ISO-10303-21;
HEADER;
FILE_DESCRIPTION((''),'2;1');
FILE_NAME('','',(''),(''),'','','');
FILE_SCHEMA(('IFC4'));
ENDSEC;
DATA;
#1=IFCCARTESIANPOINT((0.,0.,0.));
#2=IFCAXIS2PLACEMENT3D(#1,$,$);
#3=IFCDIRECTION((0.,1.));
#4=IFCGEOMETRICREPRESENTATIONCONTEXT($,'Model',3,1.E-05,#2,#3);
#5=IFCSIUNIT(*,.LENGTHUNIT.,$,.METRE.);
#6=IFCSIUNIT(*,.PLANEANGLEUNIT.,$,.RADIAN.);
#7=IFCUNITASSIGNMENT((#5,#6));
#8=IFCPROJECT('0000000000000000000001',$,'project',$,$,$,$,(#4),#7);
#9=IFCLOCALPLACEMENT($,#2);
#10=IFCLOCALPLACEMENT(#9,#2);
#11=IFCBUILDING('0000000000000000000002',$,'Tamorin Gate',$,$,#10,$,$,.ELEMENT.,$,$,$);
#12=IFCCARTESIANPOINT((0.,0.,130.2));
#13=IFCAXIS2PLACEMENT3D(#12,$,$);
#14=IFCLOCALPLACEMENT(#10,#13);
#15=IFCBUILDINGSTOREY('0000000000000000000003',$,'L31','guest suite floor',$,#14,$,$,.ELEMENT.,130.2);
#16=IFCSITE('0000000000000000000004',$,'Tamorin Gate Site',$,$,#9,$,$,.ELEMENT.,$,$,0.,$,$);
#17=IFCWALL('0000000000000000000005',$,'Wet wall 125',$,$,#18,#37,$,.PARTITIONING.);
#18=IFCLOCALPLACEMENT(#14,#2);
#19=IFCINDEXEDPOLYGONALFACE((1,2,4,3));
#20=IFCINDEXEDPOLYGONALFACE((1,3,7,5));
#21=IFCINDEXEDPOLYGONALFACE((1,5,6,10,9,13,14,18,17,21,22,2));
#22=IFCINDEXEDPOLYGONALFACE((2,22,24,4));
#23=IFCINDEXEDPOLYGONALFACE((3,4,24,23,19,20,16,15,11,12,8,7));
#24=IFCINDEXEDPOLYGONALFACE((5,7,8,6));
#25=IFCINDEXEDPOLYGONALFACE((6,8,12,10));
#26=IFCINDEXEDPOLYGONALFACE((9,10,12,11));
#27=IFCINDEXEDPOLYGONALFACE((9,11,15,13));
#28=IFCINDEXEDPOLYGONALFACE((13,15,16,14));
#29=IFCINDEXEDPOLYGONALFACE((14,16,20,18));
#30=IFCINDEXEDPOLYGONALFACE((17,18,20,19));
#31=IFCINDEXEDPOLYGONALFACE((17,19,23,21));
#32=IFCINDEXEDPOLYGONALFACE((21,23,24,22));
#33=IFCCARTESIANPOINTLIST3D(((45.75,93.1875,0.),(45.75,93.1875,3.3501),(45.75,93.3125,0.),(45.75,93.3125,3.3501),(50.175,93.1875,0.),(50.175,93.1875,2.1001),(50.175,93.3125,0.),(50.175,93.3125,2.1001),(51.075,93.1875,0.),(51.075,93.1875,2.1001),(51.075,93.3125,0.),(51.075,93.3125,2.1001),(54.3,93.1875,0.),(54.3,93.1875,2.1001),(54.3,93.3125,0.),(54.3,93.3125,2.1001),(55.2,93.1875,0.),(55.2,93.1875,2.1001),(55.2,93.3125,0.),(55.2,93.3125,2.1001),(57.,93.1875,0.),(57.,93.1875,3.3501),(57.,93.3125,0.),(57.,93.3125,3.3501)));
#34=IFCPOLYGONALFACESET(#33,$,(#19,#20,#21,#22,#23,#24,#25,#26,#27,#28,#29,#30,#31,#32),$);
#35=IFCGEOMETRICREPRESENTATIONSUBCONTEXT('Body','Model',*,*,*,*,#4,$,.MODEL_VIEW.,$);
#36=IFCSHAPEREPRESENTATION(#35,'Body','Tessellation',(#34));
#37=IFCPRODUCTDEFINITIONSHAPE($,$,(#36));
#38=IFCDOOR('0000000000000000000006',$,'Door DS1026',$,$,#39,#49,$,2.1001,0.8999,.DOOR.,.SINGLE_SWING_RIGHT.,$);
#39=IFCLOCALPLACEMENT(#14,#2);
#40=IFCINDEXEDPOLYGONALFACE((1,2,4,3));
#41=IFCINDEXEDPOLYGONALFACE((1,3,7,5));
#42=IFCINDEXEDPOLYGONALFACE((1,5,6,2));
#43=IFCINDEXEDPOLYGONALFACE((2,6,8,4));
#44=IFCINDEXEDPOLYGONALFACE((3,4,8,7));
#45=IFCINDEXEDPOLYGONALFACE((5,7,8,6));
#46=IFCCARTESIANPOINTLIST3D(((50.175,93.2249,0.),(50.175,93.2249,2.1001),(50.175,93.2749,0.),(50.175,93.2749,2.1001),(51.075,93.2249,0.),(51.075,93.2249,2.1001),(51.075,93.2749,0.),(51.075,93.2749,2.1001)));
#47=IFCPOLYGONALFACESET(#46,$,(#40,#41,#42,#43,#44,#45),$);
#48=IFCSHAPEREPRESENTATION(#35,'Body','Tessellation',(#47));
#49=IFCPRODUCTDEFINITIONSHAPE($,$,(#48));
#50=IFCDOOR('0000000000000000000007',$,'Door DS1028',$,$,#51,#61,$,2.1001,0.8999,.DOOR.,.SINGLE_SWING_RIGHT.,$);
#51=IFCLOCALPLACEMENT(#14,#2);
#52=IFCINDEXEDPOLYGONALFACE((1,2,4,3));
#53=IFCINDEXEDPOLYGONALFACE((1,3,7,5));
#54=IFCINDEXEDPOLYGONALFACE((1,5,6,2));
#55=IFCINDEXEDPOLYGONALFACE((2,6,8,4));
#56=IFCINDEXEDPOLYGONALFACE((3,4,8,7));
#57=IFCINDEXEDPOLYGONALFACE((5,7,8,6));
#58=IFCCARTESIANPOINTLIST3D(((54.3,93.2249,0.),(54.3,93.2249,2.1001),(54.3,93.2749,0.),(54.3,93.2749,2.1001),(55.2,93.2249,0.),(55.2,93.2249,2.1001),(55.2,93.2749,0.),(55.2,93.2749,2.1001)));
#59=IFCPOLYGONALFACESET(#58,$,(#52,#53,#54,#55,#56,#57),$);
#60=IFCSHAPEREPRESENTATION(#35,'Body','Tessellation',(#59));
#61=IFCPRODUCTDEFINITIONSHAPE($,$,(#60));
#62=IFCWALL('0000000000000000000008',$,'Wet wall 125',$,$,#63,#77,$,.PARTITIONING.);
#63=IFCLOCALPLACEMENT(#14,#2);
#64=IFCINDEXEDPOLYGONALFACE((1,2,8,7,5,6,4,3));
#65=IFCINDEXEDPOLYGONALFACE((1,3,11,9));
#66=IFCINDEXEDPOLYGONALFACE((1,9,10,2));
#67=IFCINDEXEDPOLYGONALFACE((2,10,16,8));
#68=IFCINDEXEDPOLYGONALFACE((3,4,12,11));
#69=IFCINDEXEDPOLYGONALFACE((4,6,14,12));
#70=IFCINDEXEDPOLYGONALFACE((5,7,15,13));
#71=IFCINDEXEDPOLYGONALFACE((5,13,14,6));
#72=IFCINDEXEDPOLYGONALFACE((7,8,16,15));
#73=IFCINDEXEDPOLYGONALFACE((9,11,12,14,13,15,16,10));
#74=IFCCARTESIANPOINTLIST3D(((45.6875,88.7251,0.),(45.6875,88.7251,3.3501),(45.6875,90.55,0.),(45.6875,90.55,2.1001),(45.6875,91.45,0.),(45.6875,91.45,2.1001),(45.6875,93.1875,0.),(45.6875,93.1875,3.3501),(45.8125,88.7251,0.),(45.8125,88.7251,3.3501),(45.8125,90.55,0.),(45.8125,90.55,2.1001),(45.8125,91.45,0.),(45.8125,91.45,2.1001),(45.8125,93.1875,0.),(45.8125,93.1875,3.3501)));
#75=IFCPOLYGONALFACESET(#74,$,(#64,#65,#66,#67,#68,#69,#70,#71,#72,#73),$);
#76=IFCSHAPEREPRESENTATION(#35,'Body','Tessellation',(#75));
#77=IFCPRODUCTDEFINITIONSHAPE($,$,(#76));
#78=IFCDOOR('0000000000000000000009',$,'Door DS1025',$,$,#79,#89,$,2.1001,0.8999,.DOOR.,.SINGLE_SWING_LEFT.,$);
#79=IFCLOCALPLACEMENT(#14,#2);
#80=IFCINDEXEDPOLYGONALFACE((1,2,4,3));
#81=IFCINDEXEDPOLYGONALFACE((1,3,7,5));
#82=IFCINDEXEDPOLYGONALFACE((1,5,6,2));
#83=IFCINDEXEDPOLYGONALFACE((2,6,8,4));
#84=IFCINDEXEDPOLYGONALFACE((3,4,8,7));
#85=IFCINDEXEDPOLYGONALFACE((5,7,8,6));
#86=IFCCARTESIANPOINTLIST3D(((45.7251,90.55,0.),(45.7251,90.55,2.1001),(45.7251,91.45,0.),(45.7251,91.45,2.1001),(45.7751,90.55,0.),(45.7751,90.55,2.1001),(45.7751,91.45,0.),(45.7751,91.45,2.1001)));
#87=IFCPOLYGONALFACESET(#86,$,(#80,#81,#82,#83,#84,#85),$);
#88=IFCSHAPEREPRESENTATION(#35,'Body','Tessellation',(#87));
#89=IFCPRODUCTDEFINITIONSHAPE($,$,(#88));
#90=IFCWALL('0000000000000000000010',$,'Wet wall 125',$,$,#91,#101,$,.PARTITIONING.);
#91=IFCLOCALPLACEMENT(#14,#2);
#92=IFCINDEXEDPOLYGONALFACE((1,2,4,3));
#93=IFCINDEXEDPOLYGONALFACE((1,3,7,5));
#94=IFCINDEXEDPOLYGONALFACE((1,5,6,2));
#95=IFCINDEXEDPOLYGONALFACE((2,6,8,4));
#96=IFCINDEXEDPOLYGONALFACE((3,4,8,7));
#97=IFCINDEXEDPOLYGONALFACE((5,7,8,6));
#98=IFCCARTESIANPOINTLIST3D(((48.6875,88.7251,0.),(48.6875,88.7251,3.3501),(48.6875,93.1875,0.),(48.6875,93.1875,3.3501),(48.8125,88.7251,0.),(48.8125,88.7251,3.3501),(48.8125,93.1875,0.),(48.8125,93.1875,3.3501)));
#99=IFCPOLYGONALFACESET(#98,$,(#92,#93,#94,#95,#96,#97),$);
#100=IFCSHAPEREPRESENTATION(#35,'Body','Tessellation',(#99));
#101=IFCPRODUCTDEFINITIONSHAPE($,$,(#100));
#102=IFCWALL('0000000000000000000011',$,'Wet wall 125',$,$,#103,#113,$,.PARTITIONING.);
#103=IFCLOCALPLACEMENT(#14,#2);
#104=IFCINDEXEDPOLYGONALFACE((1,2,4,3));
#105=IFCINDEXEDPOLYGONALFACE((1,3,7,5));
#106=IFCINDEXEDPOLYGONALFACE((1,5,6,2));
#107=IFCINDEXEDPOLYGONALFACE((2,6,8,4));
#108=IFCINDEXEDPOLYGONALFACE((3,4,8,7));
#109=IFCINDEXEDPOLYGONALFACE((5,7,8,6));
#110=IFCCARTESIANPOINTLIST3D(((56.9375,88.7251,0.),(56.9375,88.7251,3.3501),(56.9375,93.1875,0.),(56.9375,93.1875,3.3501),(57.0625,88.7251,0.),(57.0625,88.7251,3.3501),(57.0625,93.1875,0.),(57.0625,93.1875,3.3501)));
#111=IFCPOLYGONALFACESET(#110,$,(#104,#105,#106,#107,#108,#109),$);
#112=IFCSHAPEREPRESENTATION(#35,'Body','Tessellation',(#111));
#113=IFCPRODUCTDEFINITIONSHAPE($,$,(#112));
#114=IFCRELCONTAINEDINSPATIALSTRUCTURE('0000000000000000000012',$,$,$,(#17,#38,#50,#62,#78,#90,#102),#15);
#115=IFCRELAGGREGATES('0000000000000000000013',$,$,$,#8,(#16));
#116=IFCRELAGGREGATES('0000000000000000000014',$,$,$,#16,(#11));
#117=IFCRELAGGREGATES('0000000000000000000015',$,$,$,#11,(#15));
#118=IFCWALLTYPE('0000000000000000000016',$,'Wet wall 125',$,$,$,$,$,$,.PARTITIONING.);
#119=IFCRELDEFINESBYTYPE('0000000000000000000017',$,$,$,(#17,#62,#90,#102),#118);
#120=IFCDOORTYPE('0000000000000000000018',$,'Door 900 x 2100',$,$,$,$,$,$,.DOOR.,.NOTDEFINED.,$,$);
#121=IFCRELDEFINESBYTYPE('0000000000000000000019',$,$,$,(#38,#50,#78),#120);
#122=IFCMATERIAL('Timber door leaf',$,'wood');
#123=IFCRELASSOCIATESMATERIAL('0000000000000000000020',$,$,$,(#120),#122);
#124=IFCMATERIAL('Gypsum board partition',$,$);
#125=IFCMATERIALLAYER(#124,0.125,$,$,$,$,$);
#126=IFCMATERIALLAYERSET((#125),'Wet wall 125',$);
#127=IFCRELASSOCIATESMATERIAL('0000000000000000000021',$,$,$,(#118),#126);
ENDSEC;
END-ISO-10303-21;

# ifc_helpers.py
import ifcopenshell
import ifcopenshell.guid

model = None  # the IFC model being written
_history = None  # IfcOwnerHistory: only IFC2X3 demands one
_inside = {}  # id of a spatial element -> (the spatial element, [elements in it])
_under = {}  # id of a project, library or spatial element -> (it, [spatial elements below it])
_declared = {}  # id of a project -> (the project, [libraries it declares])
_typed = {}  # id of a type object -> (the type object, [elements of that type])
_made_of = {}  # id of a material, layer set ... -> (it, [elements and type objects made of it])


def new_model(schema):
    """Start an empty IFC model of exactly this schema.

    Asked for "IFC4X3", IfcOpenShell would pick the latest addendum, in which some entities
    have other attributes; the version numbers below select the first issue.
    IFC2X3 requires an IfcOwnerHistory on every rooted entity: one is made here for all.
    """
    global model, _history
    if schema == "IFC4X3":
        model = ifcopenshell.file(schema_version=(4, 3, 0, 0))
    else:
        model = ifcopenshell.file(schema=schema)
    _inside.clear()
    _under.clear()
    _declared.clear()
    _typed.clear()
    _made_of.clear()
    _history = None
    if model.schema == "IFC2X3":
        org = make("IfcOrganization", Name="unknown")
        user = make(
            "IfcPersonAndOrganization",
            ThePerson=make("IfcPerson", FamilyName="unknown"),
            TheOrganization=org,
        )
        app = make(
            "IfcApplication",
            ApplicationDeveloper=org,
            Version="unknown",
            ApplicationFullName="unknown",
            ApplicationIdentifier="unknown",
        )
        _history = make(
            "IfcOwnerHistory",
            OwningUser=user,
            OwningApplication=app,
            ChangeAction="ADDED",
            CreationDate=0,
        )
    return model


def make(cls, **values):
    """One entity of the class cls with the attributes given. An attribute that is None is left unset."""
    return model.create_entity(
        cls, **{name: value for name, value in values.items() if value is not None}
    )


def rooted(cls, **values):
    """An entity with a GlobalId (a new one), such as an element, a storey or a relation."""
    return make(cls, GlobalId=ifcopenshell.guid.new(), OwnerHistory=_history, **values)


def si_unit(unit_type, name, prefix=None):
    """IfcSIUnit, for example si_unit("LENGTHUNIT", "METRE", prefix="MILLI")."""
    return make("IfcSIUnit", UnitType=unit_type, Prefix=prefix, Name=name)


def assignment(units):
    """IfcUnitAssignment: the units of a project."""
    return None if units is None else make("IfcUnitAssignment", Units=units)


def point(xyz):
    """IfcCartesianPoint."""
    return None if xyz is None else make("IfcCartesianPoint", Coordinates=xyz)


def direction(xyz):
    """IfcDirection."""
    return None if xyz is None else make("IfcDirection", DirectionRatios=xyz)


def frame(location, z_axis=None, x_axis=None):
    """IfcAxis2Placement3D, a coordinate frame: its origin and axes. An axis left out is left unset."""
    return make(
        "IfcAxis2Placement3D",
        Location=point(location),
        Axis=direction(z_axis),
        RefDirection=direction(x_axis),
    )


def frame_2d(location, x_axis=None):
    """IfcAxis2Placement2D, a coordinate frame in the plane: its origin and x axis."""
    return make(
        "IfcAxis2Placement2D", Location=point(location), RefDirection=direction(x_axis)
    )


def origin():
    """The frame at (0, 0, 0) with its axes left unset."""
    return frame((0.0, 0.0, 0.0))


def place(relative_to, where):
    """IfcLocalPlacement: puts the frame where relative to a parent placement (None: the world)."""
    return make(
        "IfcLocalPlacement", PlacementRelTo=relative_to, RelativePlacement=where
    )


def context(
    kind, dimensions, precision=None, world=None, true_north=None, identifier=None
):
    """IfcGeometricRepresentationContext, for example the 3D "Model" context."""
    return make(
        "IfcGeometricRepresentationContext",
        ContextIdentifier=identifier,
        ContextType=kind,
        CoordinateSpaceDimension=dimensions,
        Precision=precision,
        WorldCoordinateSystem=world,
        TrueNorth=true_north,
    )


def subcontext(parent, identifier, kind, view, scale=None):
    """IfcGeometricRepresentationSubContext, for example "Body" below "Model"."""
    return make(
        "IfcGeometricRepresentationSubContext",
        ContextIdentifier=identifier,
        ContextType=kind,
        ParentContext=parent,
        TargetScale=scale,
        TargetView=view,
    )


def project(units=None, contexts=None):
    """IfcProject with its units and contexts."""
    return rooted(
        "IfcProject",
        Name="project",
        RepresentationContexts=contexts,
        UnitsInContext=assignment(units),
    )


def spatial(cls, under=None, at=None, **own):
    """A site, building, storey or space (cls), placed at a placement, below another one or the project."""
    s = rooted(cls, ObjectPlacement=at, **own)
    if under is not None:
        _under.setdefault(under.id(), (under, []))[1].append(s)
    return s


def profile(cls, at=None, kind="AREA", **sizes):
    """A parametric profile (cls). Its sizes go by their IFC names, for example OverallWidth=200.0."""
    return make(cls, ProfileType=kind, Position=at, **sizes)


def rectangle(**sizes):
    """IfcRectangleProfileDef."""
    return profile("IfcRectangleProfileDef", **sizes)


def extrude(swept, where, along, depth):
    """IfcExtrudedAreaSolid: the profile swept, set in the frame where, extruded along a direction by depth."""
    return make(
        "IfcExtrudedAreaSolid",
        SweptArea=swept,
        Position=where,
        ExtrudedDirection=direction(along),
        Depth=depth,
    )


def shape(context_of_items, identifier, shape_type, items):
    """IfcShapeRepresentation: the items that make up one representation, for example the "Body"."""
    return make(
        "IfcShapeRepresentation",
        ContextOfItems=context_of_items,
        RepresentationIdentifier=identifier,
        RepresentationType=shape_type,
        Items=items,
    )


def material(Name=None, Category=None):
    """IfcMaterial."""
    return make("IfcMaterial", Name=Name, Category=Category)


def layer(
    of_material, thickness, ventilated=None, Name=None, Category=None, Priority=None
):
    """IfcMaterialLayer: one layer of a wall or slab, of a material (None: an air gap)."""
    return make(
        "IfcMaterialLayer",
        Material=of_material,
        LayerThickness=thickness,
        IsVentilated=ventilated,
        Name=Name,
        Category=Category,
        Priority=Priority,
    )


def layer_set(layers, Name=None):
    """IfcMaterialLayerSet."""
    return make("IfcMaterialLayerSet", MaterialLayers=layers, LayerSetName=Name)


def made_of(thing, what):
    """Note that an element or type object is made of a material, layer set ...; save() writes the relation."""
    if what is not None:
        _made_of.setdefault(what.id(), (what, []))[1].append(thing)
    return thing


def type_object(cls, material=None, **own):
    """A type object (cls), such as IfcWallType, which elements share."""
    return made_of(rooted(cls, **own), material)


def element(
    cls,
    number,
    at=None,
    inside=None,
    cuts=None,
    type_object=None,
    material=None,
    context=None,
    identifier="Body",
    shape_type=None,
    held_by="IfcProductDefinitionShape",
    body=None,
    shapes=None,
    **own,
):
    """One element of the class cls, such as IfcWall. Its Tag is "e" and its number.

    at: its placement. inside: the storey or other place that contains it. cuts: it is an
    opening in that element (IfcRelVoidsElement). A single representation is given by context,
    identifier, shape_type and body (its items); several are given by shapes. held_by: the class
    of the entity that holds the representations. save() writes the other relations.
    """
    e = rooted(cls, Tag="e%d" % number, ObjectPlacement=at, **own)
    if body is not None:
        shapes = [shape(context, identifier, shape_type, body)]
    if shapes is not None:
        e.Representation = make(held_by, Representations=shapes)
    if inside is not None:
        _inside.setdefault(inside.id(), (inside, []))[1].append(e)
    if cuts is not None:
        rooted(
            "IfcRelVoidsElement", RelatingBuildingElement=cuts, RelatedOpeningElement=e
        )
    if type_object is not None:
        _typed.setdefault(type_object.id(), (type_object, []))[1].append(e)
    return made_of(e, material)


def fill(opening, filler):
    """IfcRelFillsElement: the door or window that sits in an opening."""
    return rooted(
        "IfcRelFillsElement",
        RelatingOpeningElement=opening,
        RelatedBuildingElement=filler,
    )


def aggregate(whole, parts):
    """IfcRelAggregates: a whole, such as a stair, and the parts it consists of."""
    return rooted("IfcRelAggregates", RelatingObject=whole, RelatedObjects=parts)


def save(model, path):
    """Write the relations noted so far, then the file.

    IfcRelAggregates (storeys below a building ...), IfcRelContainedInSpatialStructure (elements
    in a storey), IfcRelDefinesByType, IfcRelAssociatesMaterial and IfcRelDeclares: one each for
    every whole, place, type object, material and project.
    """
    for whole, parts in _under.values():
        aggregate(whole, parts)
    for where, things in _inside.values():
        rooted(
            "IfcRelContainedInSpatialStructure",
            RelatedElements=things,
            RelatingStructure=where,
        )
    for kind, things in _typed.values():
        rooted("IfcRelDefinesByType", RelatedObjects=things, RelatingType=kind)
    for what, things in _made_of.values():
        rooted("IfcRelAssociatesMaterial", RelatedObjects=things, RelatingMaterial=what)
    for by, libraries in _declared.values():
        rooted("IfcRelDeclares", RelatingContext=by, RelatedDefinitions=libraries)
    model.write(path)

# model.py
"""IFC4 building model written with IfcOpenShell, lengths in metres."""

from ifc_helpers import new_model, si_unit, direction, frame, frame_2d, origin, place, context, subcontext, project, spatial, rectangle, extrude, material, layer, layer_set, type_object, element, fill, save


model = new_model("IFC4")

# Units and contexts
model_context = context("Model", 3, precision=1e-05, world=origin(), true_north=direction((0.0, 1.0)))
body_context = subcontext(model_context, "Body", "Model", "MODEL_VIEW")
ifc_project = project(units=[si_unit("LENGTHUNIT", "METRE"), si_unit("PLANEANGLEUNIT", "RADIAN")], contexts=[model_context])

# Site, building, storey
site_placement = place(None, origin())
site = spatial("IfcSite", under=ifc_project, at=site_placement, Name="Tamorin Gate Site", CompositionType="ELEMENT", RefElevation=0.0)
building_placement = place(site_placement, origin())
building = spatial("IfcBuilding", under=site, at=building_placement, Name="Tamorin Gate", CompositionType="ELEMENT")
storey_placement = place(building_placement, frame((0.0, 0.0, 130.2)))
storey = spatial("IfcBuildingStorey", under=building, at=storey_placement, Name="L31", Description="guest suite floor", CompositionType="ELEMENT", Elevation=130.2)

# Shared definitions
ifc_material_1 = material(Name="Gypsum board partition")

# Shared definitions
ifc_material_2 = material(Name="Timber door leaf", Category="wood")
door_type = type_object("IfcDoorType", Name="Door 900 x 2100", OperationType="NOTDEFINED", PredefinedType="DOOR", material=ifc_material_2)

# Wall, openings, doors
ifc_layer_1 = layer(ifc_material_1, 0.125)
ifc_layer_set_1 = layer_set([ifc_layer_1], Name="Wet wall 125")
wall_type_1 = type_object("IfcWallType", Name="Wet wall 125", PredefinedType="PARTITIONING", material=ifc_layer_set_1)
wall_1_placement = place(storey_placement, frame((45.75, 93.25, 0.0), z_axis=(0.0, 0.0, 1.0), x_axis=(1.0, 0.0, 0.0)))
wall_1 = element("IfcWall", 1, at=wall_1_placement, inside=storey, type_object=wall_type_1, Name="Wet wall 125", PredefinedType="PARTITIONING", context=body_context, shape_type="SweptSolid", body=[
    extrude(rectangle(XDim=11.25, YDim=0.125, at=frame_2d((5.625, 0.0))), origin(), (0.0, 0.0, 1.0), 3.3501),
])
opening_1_placement = place(wall_1_placement, frame((4.425, 0.0, 0.0)))
opening_1 = element("IfcOpeningElement", 2, at=opening_1_placement, cuts=wall_1, PredefinedType="OPENING", context=body_context, shape_type="SweptSolid", body=[
    extrude(rectangle(XDim=0.8999, YDim=2.1001, at=frame_2d((0.45, 1.05))), frame((0.0, 0.0725, 0.0), z_axis=(0.0, -1.0, 0.0), x_axis=(1.0, 0.0, 0.0)), (0.0, 0.0, 1.0), 0.145),
])
opening_2_placement = place(wall_1_placement, frame((8.55, 0.0, 0.0)))
opening_2 = element("IfcOpeningElement", 3, at=opening_2_placement, cuts=wall_1, PredefinedType="OPENING", context=body_context, shape_type="SweptSolid", body=[
    extrude(rectangle(XDim=0.8999, YDim=2.1001, at=frame_2d((0.45, 1.05))), frame((0.0, 0.0725, 0.0), z_axis=(0.0, -1.0, 0.0), x_axis=(1.0, 0.0, 0.0)), (0.0, 0.0, 1.0), 0.145),
])
door_1_placement = place(opening_1_placement, origin())
door_1 = element("IfcDoor", 4, at=door_1_placement, inside=storey, type_object=door_type, Name="Door DS1026", OperationType="SINGLE_SWING_RIGHT", OverallHeight=2.1001, OverallWidth=0.8999, PredefinedType="DOOR", context=body_context, shape_type="SweptSolid", body=[
    extrude(rectangle(XDim=0.8999, YDim=2.1001, at=frame_2d((0.45, 1.05))), frame((0.0, 0.0249, 0.0), z_axis=(0.0, -1.0, 0.0), x_axis=(1.0, 0.0, 0.0)), (0.0, 0.0, 1.0), 0.05),
])
fill(opening_1, door_1)
door_2_placement = place(opening_2_placement, origin())
door_2 = element("IfcDoor", 5, at=door_2_placement, inside=storey, type_object=door_type, Name="Door DS1028", OperationType="SINGLE_SWING_RIGHT", OverallHeight=2.1001, OverallWidth=0.8999, PredefinedType="DOOR", context=body_context, shape_type="SweptSolid", body=[
    extrude(rectangle(XDim=0.8999, YDim=2.1001, at=frame_2d((0.45, 1.05))), frame((0.0, 0.0249, 0.0), z_axis=(0.0, -1.0, 0.0), x_axis=(1.0, 0.0, 0.0)), (0.0, 0.0, 1.0), 0.05),
])
fill(opening_2, door_2)

# Wall, opening, door
wall_2_placement = place(storey_placement, frame((45.75, 88.7251, 0.0), z_axis=(0.0, 0.0, 1.0), x_axis=(0.0, 1.0, 0.0)))
wall_2 = element("IfcWall", 6, at=wall_2_placement, inside=storey, type_object=wall_type_1, Name="Wet wall 125", PredefinedType="PARTITIONING", context=body_context, shape_type="SweptSolid", body=[
    extrude(rectangle(XDim=4.4624, YDim=0.125, at=frame_2d((2.2312, 0.0))), origin(), (0.0, 0.0, 1.0), 3.3501),
])
opening_3_placement = place(wall_2_placement, frame((1.825, 0.0, 0.0)))
opening_3 = element("IfcOpeningElement", 7, at=opening_3_placement, cuts=wall_2, PredefinedType="OPENING", context=body_context, shape_type="SweptSolid", body=[
    extrude(rectangle(XDim=0.8999, YDim=2.1001, at=frame_2d((0.45, 1.05))), frame((0.0, 0.0725, 0.0), z_axis=(0.0, -1.0, 0.0), x_axis=(1.0, 0.0, 0.0)), (0.0, 0.0, 1.0), 0.145),
])
door_3_placement = place(opening_3_placement, origin())
door_3 = element("IfcDoor", 8, at=door_3_placement, inside=storey, type_object=door_type, Name="Door DS1025", OperationType="SINGLE_SWING_LEFT", OverallHeight=2.1001, OverallWidth=0.8999, PredefinedType="DOOR", context=body_context, shape_type="SweptSolid", body=[
    extrude(rectangle(XDim=0.8999, YDim=2.1001, at=frame_2d((0.45, 1.05))), frame((0.0, 0.0249, 0.0), z_axis=(0.0, -1.0, 0.0), x_axis=(1.0, 0.0, 0.0)), (0.0, 0.0, 1.0), 0.05),
])
fill(opening_3, door_3)

# Walls
for number, where, z_axis, x_axis, name in (
    (9, (48.75, 88.7251, 0.0), (0.0, 0.0, 1.0), (0.0, 1.0, 0.0), "Wet wall 125"),
    (10, (57.0, 88.7251, 0.0), (0.0, 0.0, 1.0), (0.0, 1.0, 0.0), "Wet wall 125"),
):
    element("IfcWall", number, at=place(storey_placement, frame(where, z_axis=z_axis, x_axis=x_axis)), inside=storey, type_object=wall_type_1, Name=name, PredefinedType="PARTITIONING", context=body_context, shape_type="SweptSolid", body=[
        extrude(rectangle(XDim=4.4624, YDim=0.125, at=frame_2d((2.2312, 0.0))), origin(), (0.0, 0.0, 1.0), 3.3501),
    ])

save(model, "model.ifc")
